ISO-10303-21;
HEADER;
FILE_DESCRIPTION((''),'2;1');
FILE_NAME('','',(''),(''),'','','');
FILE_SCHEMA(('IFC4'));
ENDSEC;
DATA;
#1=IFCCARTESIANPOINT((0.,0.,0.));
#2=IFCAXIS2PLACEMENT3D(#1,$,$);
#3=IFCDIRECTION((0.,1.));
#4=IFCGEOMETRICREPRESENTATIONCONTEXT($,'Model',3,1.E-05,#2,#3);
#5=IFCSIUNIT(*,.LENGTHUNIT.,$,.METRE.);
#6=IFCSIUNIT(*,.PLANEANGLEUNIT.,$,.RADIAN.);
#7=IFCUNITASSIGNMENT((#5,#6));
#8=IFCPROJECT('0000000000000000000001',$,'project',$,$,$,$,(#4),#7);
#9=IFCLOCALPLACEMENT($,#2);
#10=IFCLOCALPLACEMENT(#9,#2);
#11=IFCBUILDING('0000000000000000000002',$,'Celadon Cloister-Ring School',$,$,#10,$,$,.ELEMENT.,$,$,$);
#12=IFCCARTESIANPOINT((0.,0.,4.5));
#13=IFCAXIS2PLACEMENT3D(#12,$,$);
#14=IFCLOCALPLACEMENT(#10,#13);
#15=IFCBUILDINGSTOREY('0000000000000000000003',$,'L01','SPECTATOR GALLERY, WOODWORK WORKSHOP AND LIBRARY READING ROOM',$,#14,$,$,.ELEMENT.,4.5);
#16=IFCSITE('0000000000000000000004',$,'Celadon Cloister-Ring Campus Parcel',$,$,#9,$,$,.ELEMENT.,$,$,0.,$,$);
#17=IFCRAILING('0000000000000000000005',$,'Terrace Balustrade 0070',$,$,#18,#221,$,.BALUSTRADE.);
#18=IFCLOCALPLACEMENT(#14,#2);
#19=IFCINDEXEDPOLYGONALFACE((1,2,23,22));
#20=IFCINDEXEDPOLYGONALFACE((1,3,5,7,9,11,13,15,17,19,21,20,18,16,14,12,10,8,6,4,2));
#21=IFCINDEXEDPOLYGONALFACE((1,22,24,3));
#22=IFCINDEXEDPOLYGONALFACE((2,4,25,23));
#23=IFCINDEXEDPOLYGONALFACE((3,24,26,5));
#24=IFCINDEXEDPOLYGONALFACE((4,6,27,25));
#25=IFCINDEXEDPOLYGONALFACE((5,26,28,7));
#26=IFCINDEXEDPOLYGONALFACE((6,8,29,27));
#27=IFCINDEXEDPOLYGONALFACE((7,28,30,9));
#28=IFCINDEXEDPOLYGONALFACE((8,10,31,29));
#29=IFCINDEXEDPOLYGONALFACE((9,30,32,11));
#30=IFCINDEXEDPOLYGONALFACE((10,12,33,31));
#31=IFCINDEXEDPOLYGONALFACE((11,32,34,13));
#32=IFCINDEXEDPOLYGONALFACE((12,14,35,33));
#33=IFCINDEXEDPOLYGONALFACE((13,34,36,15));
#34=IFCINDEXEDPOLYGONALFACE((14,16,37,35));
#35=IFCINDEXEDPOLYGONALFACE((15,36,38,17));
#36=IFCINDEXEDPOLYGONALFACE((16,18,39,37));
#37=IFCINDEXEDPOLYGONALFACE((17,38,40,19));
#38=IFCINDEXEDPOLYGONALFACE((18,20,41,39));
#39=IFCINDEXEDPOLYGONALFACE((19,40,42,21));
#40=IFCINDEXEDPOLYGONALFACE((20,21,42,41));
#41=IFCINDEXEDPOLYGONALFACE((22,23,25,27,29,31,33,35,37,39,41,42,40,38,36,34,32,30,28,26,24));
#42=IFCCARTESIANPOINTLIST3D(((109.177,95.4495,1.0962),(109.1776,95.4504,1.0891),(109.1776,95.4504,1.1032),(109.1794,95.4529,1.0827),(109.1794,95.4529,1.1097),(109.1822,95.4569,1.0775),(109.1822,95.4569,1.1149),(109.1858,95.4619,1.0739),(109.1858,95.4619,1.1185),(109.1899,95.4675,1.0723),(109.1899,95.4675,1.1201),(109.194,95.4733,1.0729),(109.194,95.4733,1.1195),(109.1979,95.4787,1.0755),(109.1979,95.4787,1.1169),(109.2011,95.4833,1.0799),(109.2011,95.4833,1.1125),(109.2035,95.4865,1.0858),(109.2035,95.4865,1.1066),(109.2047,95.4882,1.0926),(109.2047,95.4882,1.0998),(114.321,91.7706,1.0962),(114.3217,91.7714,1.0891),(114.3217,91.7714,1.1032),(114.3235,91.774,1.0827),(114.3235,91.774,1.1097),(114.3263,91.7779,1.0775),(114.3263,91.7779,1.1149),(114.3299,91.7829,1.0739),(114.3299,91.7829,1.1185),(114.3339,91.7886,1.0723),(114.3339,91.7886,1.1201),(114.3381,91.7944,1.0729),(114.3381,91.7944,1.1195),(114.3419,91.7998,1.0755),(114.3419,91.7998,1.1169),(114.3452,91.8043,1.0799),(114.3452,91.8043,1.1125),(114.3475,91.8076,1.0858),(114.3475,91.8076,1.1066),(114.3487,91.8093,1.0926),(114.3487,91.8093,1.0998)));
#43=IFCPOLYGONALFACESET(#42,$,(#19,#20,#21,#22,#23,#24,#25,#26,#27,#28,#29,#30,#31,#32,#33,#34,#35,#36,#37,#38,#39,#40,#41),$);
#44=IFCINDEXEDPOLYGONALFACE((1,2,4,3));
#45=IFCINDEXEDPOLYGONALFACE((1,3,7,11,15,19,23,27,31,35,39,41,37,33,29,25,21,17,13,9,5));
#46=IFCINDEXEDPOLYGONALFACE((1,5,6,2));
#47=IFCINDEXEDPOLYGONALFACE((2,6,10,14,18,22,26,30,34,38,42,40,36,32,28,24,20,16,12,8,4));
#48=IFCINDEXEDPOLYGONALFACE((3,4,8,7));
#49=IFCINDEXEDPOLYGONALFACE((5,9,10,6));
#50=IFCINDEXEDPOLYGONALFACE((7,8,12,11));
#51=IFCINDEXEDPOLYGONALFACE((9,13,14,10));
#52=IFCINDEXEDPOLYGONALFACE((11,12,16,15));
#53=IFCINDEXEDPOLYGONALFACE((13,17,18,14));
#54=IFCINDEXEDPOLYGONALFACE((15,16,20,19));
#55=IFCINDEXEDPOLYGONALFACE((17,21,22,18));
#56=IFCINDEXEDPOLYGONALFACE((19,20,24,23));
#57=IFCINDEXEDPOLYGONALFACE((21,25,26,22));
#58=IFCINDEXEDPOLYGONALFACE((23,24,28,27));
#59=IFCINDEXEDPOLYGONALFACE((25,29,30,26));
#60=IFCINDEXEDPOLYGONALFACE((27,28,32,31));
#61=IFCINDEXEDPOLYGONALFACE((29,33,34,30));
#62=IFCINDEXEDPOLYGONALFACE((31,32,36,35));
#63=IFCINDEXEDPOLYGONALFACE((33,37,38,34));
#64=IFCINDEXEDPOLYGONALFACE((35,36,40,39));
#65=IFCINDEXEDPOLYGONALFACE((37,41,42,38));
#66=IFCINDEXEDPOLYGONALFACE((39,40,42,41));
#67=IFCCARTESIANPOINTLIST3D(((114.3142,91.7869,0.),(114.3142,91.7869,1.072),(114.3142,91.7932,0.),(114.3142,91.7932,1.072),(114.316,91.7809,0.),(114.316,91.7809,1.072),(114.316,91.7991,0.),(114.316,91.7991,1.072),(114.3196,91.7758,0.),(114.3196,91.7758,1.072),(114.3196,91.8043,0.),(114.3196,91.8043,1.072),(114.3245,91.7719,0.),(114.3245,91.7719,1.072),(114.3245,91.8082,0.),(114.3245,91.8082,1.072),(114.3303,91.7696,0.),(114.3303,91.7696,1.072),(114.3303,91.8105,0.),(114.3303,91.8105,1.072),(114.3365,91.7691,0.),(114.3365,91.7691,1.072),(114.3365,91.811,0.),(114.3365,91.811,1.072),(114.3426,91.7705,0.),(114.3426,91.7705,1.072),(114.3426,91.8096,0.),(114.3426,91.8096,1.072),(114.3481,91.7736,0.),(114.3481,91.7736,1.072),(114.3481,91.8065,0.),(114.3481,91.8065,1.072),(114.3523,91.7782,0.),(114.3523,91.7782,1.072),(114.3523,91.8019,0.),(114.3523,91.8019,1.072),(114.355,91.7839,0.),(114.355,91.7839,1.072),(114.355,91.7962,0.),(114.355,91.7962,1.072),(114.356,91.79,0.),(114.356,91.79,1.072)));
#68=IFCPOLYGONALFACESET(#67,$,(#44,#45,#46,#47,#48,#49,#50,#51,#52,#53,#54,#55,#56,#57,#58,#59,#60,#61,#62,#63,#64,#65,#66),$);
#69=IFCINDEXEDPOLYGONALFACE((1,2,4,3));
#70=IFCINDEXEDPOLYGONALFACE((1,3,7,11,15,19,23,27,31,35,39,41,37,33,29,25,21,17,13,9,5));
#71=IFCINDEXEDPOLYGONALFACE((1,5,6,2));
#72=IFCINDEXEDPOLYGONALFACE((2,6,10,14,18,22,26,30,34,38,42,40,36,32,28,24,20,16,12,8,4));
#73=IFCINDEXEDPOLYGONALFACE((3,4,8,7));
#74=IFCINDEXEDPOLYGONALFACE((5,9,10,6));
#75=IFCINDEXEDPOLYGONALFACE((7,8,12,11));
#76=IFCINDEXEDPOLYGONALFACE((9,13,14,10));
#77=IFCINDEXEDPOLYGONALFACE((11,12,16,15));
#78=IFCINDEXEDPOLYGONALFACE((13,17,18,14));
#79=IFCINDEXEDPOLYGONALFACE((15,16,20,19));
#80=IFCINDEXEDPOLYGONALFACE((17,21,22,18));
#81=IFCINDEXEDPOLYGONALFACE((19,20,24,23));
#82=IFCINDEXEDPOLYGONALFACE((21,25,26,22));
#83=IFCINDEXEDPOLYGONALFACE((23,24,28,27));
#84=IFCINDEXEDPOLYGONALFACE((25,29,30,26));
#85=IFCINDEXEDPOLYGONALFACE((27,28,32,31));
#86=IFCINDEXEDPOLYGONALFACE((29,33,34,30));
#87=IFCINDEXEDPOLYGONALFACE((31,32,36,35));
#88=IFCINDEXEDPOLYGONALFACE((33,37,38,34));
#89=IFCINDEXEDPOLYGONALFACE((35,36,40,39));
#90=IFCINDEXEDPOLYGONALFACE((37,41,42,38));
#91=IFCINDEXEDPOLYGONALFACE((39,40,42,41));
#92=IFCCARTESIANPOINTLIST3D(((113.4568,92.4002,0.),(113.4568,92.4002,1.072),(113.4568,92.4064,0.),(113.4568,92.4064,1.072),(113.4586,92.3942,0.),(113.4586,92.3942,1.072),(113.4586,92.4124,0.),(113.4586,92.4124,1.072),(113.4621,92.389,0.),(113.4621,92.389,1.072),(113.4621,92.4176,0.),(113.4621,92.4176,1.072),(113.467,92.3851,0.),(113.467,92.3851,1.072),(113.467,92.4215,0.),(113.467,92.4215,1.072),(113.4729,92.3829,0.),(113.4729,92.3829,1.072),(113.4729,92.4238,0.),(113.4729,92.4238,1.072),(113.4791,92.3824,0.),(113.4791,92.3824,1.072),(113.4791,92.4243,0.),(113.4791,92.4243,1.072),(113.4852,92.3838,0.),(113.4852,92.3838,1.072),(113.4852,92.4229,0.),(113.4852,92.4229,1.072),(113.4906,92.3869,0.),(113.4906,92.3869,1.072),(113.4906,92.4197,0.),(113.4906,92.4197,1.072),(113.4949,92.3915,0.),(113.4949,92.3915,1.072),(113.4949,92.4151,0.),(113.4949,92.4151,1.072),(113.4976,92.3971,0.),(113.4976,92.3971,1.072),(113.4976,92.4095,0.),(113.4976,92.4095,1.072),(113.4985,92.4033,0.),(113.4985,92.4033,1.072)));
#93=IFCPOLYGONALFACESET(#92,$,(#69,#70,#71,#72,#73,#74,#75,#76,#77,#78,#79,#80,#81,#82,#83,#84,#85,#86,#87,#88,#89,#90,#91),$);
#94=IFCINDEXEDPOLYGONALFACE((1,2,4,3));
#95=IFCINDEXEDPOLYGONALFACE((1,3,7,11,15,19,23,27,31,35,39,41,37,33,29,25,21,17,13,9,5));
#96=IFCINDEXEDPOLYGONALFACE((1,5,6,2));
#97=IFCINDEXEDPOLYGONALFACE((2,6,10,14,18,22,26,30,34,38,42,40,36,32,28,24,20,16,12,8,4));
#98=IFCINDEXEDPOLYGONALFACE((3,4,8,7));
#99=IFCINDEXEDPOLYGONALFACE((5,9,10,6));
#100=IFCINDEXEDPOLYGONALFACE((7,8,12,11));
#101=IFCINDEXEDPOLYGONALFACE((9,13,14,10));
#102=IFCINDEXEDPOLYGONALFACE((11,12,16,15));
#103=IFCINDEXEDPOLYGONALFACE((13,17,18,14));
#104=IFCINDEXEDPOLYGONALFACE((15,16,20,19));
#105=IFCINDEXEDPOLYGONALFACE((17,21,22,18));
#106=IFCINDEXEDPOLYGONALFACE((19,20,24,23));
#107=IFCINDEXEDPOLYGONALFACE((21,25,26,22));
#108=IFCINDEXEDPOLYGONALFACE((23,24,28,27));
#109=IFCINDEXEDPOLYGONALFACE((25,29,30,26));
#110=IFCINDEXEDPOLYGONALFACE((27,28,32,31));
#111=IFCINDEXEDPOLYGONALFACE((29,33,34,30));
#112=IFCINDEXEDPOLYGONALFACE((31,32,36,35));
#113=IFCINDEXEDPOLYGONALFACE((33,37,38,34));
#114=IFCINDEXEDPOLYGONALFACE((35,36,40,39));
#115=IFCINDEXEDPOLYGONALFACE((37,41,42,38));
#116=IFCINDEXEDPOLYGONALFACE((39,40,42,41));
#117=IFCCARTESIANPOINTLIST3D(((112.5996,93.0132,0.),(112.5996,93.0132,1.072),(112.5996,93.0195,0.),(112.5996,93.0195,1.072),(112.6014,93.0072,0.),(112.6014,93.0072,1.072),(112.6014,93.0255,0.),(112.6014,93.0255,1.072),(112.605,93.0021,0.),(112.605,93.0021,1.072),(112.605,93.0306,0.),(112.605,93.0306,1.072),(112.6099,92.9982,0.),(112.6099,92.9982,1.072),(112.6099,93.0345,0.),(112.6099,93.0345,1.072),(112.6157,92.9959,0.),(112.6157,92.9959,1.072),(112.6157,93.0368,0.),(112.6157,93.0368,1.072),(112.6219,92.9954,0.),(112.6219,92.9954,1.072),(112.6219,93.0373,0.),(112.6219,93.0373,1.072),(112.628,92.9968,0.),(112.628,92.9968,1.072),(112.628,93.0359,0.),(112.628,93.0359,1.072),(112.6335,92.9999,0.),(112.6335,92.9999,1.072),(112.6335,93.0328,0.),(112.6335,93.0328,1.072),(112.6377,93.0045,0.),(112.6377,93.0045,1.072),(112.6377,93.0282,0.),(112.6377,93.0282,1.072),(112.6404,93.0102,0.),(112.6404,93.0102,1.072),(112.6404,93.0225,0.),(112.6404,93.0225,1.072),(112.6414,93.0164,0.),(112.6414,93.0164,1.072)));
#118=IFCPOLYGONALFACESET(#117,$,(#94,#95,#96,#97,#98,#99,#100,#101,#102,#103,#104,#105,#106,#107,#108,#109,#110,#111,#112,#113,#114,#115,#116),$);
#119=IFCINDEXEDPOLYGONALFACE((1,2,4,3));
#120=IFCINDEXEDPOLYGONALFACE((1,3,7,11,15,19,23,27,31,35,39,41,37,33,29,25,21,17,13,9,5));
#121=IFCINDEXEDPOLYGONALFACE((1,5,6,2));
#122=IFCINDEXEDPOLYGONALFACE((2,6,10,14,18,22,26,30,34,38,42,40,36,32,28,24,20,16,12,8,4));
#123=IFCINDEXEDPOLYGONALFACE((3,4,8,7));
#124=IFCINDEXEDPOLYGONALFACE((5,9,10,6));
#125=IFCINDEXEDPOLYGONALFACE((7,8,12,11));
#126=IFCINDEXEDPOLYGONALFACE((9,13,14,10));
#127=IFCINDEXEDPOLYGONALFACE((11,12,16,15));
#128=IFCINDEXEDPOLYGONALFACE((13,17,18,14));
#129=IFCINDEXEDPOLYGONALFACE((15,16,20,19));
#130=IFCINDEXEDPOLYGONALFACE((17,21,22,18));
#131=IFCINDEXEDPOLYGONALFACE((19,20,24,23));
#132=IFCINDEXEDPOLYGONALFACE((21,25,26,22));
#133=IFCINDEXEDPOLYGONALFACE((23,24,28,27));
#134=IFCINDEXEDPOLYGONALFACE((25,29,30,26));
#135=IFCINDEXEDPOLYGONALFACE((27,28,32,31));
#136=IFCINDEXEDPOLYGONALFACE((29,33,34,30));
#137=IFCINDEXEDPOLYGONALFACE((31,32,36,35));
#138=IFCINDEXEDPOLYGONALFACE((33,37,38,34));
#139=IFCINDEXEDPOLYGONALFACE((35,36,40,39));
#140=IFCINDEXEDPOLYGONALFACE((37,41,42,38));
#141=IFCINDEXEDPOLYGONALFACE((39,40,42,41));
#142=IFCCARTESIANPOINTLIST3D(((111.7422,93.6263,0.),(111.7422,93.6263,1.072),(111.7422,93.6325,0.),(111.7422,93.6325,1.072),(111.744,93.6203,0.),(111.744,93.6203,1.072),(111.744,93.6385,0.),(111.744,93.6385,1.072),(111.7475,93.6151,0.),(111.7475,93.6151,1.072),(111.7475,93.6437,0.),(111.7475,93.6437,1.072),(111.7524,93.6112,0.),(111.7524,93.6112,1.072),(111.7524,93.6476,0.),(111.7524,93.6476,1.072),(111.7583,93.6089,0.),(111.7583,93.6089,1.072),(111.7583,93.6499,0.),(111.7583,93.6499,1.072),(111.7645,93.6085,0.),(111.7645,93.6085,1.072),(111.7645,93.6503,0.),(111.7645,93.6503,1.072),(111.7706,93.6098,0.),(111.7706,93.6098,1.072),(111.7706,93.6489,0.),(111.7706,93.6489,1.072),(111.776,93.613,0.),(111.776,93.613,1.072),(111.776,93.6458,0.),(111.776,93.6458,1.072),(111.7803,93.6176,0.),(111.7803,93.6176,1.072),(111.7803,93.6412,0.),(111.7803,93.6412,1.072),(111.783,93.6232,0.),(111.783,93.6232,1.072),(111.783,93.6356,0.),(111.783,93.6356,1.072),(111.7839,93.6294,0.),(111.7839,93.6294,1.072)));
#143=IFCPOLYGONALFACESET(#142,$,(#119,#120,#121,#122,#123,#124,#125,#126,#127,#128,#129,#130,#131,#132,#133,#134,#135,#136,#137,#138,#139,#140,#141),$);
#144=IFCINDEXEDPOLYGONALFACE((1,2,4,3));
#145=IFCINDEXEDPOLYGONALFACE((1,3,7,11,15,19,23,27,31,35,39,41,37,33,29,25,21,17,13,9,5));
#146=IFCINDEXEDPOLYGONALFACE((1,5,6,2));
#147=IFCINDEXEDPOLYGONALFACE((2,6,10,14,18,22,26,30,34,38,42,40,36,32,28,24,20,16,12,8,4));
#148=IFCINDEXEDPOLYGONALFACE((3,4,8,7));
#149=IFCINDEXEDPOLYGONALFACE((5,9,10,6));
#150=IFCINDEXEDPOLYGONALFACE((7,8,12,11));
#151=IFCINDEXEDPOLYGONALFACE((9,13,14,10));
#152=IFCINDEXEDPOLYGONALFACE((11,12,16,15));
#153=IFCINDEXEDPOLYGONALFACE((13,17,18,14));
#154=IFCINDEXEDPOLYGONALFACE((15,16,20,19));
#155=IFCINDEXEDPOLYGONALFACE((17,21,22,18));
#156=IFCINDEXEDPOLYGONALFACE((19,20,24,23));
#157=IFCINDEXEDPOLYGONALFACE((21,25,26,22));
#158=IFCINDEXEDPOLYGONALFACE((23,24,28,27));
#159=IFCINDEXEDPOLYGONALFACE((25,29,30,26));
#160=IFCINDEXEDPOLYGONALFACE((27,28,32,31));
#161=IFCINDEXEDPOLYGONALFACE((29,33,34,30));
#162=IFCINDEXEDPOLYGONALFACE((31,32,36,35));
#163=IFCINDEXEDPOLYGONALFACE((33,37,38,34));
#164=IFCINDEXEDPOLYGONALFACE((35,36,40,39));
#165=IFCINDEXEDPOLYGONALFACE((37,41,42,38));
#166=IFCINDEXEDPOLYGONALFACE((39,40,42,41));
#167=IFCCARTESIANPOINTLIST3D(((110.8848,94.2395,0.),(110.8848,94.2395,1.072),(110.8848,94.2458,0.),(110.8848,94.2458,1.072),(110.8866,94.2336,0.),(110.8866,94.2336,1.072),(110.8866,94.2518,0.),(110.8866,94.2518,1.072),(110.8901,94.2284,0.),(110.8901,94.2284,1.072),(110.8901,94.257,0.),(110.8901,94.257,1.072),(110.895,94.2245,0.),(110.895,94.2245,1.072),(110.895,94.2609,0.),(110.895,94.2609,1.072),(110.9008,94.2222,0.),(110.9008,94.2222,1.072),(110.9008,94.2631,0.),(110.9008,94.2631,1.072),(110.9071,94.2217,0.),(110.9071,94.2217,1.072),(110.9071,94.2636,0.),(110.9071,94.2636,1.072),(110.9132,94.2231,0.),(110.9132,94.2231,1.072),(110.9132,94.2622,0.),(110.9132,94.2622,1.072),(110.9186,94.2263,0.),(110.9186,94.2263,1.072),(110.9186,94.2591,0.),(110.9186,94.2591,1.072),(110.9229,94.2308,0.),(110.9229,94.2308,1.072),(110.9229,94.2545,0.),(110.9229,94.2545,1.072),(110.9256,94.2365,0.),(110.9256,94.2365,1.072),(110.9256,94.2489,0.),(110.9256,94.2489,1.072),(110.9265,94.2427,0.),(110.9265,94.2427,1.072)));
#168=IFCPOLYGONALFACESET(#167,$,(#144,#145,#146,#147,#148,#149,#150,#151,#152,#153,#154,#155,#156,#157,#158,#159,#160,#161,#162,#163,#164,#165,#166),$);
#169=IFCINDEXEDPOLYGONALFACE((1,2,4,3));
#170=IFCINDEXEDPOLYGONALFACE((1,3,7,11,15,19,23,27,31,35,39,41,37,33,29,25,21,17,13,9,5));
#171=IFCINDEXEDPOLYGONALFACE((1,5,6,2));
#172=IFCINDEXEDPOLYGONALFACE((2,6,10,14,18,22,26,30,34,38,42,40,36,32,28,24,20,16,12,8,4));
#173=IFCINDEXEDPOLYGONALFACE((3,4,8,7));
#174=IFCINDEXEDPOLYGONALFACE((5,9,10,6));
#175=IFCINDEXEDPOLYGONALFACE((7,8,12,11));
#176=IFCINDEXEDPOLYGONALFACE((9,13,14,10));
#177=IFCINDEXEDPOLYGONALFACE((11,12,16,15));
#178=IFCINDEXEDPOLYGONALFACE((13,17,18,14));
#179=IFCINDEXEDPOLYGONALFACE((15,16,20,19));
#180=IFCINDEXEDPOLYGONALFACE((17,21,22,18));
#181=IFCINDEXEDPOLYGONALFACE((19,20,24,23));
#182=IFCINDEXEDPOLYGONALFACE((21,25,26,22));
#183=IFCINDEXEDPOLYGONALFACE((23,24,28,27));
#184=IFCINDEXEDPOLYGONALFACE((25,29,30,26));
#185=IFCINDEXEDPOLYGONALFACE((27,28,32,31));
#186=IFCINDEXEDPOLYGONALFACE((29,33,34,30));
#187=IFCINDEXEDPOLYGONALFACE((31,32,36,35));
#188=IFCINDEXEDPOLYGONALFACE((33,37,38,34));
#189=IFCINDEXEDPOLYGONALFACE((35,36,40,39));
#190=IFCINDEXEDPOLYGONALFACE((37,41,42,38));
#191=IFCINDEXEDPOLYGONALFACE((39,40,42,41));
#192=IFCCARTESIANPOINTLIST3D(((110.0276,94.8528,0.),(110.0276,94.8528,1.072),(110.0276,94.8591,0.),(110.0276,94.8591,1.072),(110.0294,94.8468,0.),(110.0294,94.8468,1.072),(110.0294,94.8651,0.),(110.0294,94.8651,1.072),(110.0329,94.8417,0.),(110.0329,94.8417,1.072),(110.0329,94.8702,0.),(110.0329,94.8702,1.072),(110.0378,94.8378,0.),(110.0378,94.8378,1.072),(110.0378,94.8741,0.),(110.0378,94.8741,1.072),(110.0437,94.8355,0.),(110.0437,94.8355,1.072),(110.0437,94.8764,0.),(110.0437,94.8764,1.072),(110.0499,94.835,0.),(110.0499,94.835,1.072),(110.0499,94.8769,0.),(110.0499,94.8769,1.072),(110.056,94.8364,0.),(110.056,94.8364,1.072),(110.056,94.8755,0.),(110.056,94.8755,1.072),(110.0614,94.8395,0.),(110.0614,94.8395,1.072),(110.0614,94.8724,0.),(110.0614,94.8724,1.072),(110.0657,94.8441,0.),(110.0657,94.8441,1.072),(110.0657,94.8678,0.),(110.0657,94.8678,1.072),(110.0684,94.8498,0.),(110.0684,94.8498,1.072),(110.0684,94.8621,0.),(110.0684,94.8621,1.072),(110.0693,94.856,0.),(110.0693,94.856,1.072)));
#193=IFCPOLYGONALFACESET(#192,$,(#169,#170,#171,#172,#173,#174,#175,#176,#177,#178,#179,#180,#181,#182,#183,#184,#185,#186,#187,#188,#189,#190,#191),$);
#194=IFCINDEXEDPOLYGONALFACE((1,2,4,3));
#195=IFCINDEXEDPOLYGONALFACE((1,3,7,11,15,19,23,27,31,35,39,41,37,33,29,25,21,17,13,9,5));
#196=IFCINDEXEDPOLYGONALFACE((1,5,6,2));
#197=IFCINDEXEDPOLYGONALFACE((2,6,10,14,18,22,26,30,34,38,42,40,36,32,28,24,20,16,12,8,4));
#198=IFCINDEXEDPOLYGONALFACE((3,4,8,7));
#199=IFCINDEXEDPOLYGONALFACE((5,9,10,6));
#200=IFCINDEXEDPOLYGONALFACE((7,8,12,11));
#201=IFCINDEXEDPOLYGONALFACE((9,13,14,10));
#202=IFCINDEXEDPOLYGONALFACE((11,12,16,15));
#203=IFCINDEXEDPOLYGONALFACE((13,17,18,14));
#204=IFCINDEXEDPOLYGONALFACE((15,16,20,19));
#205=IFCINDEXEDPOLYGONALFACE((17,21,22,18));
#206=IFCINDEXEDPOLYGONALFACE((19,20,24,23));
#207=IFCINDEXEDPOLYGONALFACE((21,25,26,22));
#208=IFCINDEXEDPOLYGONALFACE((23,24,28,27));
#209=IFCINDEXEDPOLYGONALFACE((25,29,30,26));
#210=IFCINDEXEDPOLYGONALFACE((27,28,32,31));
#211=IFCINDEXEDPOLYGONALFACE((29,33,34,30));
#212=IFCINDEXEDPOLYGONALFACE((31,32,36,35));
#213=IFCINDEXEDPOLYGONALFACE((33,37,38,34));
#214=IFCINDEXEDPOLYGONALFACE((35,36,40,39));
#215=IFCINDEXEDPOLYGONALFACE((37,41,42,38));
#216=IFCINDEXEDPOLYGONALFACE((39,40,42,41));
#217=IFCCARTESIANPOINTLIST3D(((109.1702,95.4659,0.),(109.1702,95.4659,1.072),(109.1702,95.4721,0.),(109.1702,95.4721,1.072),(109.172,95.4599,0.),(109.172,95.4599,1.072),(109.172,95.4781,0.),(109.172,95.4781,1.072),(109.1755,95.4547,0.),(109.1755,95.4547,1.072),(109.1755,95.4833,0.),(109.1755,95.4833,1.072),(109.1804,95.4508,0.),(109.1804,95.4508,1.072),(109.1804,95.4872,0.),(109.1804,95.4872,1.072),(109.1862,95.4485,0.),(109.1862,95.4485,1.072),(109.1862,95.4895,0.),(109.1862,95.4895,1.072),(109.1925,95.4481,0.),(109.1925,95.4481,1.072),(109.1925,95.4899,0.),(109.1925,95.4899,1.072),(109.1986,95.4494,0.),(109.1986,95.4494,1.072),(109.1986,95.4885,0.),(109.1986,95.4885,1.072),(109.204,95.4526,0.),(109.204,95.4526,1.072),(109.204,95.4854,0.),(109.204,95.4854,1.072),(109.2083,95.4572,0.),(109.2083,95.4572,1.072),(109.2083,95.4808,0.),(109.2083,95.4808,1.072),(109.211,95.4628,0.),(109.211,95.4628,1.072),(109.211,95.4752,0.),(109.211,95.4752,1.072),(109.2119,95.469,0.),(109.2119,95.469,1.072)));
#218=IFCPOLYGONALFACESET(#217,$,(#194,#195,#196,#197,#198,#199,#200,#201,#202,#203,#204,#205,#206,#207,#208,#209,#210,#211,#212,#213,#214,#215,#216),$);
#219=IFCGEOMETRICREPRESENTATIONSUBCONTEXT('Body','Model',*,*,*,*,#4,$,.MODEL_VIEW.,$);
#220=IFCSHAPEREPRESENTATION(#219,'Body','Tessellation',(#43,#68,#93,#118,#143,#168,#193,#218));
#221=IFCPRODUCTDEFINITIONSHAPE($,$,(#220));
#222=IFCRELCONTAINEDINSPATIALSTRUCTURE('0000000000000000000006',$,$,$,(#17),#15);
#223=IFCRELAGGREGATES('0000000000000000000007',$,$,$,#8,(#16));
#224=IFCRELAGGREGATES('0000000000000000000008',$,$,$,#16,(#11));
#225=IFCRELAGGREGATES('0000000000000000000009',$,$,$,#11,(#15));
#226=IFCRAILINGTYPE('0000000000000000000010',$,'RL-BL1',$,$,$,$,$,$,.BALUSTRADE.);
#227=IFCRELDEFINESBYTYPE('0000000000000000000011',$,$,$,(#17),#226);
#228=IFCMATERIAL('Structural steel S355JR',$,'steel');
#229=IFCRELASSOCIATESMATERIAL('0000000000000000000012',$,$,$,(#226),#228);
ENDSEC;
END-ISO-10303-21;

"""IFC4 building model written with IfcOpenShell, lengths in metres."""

from ifc_helpers import new_model, si_unit, direction, frame, origin, origin_2d, place, context, subcontext, project, spatial, circle, extrude, material, type_object, element, save


model = new_model("IFC4")

# Units and contexts
model_context = context("Model", 3, precision=1e-05, world=origin(), true_north=direction((0.0, 1.0)))
body_context = subcontext(model_context, "Body", "Model", "MODEL_VIEW")
ifc_project = project(units=[si_unit("LENGTHUNIT", "METRE"), si_unit("PLANEANGLEUNIT", "RADIAN")], contexts=[model_context])

# Site, building, storey
site_placement = place(None, origin())
site = spatial("IfcSite", under=ifc_project, at=site_placement, Name="Celadon Cloister-Ring Campus Parcel", CompositionType="ELEMENT", RefElevation=0.0)
building_placement = place(site_placement, origin())
building = spatial("IfcBuilding", under=site, at=building_placement, Name="Celadon Cloister-Ring School", CompositionType="ELEMENT")
storey_placement = place(building_placement, frame((0.0, 0.0, 4.5)))
storey = spatial("IfcBuildingStorey", under=building, at=storey_placement, Name="L01", Description="SPECTATOR GALLERY, WOODWORK WORKSHOP AND LIBRARY READING ROOM", CompositionType="ELEMENT", Elevation=4.5)

# Railing
ifc_material_1 = material(Name="Structural steel S355JR", Category="steel")
railing_type = type_object("IfcRailingType", Name="RL-BL1", PredefinedType="BALUSTRADE", material=ifc_material_1)
railing_placement = place(storey_placement, frame((114.335, 91.79, 0.0)))
element("IfcRailing", 1, at=railing_placement, inside=storey, type_object=railing_type, Name="Terrace Balustrade 0070", PredefinedType="BALUSTRADE", context=body_context, shape_type="SweptSolid", body=[
    extrude(circle(Radius=0.0239, at=origin_2d()), frame((0.0, 0.0, 1.0962), z_axis=(-0.813386, 0.581724, 0.0), x_axis=(-0.581724, -0.813386, 0.0)), (0.0, 0.0, 1.0), 6.3242),
    extrude(circle(Radius=0.021, at=origin_2d()), origin(), (0.0, 0.0, 1.0), 1.072),
    extrude(circle(Radius=0.021, at=origin_2d()), frame((-0.8574, 0.6133, 0.0)), (0.0, 0.0, 1.0), 1.072),
    extrude(circle(Radius=0.021, at=origin_2d()), frame((-1.7146, 1.2263, 0.0)), (0.0, 0.0, 1.0), 1.072),
    extrude(circle(Radius=0.021, at=origin_2d()), frame((-2.572, 1.8394, 0.0)), (0.0, 0.0, 1.0), 1.072),
    extrude(circle(Radius=0.021, at=origin_2d()), frame((-3.4294, 2.4526, 0.0)), (0.0, 0.0, 1.0), 1.072),
    extrude(circle(Radius=0.021, at=origin_2d()), frame((-4.2866, 3.0659, 0.0)), (0.0, 0.0, 1.0), 1.072),
    extrude(circle(Radius=0.021, at=origin_2d()), frame((-5.144, 3.679, 0.0)), (0.0, 0.0, 1.0), 1.072),
])

save(model, "model.ifc")
